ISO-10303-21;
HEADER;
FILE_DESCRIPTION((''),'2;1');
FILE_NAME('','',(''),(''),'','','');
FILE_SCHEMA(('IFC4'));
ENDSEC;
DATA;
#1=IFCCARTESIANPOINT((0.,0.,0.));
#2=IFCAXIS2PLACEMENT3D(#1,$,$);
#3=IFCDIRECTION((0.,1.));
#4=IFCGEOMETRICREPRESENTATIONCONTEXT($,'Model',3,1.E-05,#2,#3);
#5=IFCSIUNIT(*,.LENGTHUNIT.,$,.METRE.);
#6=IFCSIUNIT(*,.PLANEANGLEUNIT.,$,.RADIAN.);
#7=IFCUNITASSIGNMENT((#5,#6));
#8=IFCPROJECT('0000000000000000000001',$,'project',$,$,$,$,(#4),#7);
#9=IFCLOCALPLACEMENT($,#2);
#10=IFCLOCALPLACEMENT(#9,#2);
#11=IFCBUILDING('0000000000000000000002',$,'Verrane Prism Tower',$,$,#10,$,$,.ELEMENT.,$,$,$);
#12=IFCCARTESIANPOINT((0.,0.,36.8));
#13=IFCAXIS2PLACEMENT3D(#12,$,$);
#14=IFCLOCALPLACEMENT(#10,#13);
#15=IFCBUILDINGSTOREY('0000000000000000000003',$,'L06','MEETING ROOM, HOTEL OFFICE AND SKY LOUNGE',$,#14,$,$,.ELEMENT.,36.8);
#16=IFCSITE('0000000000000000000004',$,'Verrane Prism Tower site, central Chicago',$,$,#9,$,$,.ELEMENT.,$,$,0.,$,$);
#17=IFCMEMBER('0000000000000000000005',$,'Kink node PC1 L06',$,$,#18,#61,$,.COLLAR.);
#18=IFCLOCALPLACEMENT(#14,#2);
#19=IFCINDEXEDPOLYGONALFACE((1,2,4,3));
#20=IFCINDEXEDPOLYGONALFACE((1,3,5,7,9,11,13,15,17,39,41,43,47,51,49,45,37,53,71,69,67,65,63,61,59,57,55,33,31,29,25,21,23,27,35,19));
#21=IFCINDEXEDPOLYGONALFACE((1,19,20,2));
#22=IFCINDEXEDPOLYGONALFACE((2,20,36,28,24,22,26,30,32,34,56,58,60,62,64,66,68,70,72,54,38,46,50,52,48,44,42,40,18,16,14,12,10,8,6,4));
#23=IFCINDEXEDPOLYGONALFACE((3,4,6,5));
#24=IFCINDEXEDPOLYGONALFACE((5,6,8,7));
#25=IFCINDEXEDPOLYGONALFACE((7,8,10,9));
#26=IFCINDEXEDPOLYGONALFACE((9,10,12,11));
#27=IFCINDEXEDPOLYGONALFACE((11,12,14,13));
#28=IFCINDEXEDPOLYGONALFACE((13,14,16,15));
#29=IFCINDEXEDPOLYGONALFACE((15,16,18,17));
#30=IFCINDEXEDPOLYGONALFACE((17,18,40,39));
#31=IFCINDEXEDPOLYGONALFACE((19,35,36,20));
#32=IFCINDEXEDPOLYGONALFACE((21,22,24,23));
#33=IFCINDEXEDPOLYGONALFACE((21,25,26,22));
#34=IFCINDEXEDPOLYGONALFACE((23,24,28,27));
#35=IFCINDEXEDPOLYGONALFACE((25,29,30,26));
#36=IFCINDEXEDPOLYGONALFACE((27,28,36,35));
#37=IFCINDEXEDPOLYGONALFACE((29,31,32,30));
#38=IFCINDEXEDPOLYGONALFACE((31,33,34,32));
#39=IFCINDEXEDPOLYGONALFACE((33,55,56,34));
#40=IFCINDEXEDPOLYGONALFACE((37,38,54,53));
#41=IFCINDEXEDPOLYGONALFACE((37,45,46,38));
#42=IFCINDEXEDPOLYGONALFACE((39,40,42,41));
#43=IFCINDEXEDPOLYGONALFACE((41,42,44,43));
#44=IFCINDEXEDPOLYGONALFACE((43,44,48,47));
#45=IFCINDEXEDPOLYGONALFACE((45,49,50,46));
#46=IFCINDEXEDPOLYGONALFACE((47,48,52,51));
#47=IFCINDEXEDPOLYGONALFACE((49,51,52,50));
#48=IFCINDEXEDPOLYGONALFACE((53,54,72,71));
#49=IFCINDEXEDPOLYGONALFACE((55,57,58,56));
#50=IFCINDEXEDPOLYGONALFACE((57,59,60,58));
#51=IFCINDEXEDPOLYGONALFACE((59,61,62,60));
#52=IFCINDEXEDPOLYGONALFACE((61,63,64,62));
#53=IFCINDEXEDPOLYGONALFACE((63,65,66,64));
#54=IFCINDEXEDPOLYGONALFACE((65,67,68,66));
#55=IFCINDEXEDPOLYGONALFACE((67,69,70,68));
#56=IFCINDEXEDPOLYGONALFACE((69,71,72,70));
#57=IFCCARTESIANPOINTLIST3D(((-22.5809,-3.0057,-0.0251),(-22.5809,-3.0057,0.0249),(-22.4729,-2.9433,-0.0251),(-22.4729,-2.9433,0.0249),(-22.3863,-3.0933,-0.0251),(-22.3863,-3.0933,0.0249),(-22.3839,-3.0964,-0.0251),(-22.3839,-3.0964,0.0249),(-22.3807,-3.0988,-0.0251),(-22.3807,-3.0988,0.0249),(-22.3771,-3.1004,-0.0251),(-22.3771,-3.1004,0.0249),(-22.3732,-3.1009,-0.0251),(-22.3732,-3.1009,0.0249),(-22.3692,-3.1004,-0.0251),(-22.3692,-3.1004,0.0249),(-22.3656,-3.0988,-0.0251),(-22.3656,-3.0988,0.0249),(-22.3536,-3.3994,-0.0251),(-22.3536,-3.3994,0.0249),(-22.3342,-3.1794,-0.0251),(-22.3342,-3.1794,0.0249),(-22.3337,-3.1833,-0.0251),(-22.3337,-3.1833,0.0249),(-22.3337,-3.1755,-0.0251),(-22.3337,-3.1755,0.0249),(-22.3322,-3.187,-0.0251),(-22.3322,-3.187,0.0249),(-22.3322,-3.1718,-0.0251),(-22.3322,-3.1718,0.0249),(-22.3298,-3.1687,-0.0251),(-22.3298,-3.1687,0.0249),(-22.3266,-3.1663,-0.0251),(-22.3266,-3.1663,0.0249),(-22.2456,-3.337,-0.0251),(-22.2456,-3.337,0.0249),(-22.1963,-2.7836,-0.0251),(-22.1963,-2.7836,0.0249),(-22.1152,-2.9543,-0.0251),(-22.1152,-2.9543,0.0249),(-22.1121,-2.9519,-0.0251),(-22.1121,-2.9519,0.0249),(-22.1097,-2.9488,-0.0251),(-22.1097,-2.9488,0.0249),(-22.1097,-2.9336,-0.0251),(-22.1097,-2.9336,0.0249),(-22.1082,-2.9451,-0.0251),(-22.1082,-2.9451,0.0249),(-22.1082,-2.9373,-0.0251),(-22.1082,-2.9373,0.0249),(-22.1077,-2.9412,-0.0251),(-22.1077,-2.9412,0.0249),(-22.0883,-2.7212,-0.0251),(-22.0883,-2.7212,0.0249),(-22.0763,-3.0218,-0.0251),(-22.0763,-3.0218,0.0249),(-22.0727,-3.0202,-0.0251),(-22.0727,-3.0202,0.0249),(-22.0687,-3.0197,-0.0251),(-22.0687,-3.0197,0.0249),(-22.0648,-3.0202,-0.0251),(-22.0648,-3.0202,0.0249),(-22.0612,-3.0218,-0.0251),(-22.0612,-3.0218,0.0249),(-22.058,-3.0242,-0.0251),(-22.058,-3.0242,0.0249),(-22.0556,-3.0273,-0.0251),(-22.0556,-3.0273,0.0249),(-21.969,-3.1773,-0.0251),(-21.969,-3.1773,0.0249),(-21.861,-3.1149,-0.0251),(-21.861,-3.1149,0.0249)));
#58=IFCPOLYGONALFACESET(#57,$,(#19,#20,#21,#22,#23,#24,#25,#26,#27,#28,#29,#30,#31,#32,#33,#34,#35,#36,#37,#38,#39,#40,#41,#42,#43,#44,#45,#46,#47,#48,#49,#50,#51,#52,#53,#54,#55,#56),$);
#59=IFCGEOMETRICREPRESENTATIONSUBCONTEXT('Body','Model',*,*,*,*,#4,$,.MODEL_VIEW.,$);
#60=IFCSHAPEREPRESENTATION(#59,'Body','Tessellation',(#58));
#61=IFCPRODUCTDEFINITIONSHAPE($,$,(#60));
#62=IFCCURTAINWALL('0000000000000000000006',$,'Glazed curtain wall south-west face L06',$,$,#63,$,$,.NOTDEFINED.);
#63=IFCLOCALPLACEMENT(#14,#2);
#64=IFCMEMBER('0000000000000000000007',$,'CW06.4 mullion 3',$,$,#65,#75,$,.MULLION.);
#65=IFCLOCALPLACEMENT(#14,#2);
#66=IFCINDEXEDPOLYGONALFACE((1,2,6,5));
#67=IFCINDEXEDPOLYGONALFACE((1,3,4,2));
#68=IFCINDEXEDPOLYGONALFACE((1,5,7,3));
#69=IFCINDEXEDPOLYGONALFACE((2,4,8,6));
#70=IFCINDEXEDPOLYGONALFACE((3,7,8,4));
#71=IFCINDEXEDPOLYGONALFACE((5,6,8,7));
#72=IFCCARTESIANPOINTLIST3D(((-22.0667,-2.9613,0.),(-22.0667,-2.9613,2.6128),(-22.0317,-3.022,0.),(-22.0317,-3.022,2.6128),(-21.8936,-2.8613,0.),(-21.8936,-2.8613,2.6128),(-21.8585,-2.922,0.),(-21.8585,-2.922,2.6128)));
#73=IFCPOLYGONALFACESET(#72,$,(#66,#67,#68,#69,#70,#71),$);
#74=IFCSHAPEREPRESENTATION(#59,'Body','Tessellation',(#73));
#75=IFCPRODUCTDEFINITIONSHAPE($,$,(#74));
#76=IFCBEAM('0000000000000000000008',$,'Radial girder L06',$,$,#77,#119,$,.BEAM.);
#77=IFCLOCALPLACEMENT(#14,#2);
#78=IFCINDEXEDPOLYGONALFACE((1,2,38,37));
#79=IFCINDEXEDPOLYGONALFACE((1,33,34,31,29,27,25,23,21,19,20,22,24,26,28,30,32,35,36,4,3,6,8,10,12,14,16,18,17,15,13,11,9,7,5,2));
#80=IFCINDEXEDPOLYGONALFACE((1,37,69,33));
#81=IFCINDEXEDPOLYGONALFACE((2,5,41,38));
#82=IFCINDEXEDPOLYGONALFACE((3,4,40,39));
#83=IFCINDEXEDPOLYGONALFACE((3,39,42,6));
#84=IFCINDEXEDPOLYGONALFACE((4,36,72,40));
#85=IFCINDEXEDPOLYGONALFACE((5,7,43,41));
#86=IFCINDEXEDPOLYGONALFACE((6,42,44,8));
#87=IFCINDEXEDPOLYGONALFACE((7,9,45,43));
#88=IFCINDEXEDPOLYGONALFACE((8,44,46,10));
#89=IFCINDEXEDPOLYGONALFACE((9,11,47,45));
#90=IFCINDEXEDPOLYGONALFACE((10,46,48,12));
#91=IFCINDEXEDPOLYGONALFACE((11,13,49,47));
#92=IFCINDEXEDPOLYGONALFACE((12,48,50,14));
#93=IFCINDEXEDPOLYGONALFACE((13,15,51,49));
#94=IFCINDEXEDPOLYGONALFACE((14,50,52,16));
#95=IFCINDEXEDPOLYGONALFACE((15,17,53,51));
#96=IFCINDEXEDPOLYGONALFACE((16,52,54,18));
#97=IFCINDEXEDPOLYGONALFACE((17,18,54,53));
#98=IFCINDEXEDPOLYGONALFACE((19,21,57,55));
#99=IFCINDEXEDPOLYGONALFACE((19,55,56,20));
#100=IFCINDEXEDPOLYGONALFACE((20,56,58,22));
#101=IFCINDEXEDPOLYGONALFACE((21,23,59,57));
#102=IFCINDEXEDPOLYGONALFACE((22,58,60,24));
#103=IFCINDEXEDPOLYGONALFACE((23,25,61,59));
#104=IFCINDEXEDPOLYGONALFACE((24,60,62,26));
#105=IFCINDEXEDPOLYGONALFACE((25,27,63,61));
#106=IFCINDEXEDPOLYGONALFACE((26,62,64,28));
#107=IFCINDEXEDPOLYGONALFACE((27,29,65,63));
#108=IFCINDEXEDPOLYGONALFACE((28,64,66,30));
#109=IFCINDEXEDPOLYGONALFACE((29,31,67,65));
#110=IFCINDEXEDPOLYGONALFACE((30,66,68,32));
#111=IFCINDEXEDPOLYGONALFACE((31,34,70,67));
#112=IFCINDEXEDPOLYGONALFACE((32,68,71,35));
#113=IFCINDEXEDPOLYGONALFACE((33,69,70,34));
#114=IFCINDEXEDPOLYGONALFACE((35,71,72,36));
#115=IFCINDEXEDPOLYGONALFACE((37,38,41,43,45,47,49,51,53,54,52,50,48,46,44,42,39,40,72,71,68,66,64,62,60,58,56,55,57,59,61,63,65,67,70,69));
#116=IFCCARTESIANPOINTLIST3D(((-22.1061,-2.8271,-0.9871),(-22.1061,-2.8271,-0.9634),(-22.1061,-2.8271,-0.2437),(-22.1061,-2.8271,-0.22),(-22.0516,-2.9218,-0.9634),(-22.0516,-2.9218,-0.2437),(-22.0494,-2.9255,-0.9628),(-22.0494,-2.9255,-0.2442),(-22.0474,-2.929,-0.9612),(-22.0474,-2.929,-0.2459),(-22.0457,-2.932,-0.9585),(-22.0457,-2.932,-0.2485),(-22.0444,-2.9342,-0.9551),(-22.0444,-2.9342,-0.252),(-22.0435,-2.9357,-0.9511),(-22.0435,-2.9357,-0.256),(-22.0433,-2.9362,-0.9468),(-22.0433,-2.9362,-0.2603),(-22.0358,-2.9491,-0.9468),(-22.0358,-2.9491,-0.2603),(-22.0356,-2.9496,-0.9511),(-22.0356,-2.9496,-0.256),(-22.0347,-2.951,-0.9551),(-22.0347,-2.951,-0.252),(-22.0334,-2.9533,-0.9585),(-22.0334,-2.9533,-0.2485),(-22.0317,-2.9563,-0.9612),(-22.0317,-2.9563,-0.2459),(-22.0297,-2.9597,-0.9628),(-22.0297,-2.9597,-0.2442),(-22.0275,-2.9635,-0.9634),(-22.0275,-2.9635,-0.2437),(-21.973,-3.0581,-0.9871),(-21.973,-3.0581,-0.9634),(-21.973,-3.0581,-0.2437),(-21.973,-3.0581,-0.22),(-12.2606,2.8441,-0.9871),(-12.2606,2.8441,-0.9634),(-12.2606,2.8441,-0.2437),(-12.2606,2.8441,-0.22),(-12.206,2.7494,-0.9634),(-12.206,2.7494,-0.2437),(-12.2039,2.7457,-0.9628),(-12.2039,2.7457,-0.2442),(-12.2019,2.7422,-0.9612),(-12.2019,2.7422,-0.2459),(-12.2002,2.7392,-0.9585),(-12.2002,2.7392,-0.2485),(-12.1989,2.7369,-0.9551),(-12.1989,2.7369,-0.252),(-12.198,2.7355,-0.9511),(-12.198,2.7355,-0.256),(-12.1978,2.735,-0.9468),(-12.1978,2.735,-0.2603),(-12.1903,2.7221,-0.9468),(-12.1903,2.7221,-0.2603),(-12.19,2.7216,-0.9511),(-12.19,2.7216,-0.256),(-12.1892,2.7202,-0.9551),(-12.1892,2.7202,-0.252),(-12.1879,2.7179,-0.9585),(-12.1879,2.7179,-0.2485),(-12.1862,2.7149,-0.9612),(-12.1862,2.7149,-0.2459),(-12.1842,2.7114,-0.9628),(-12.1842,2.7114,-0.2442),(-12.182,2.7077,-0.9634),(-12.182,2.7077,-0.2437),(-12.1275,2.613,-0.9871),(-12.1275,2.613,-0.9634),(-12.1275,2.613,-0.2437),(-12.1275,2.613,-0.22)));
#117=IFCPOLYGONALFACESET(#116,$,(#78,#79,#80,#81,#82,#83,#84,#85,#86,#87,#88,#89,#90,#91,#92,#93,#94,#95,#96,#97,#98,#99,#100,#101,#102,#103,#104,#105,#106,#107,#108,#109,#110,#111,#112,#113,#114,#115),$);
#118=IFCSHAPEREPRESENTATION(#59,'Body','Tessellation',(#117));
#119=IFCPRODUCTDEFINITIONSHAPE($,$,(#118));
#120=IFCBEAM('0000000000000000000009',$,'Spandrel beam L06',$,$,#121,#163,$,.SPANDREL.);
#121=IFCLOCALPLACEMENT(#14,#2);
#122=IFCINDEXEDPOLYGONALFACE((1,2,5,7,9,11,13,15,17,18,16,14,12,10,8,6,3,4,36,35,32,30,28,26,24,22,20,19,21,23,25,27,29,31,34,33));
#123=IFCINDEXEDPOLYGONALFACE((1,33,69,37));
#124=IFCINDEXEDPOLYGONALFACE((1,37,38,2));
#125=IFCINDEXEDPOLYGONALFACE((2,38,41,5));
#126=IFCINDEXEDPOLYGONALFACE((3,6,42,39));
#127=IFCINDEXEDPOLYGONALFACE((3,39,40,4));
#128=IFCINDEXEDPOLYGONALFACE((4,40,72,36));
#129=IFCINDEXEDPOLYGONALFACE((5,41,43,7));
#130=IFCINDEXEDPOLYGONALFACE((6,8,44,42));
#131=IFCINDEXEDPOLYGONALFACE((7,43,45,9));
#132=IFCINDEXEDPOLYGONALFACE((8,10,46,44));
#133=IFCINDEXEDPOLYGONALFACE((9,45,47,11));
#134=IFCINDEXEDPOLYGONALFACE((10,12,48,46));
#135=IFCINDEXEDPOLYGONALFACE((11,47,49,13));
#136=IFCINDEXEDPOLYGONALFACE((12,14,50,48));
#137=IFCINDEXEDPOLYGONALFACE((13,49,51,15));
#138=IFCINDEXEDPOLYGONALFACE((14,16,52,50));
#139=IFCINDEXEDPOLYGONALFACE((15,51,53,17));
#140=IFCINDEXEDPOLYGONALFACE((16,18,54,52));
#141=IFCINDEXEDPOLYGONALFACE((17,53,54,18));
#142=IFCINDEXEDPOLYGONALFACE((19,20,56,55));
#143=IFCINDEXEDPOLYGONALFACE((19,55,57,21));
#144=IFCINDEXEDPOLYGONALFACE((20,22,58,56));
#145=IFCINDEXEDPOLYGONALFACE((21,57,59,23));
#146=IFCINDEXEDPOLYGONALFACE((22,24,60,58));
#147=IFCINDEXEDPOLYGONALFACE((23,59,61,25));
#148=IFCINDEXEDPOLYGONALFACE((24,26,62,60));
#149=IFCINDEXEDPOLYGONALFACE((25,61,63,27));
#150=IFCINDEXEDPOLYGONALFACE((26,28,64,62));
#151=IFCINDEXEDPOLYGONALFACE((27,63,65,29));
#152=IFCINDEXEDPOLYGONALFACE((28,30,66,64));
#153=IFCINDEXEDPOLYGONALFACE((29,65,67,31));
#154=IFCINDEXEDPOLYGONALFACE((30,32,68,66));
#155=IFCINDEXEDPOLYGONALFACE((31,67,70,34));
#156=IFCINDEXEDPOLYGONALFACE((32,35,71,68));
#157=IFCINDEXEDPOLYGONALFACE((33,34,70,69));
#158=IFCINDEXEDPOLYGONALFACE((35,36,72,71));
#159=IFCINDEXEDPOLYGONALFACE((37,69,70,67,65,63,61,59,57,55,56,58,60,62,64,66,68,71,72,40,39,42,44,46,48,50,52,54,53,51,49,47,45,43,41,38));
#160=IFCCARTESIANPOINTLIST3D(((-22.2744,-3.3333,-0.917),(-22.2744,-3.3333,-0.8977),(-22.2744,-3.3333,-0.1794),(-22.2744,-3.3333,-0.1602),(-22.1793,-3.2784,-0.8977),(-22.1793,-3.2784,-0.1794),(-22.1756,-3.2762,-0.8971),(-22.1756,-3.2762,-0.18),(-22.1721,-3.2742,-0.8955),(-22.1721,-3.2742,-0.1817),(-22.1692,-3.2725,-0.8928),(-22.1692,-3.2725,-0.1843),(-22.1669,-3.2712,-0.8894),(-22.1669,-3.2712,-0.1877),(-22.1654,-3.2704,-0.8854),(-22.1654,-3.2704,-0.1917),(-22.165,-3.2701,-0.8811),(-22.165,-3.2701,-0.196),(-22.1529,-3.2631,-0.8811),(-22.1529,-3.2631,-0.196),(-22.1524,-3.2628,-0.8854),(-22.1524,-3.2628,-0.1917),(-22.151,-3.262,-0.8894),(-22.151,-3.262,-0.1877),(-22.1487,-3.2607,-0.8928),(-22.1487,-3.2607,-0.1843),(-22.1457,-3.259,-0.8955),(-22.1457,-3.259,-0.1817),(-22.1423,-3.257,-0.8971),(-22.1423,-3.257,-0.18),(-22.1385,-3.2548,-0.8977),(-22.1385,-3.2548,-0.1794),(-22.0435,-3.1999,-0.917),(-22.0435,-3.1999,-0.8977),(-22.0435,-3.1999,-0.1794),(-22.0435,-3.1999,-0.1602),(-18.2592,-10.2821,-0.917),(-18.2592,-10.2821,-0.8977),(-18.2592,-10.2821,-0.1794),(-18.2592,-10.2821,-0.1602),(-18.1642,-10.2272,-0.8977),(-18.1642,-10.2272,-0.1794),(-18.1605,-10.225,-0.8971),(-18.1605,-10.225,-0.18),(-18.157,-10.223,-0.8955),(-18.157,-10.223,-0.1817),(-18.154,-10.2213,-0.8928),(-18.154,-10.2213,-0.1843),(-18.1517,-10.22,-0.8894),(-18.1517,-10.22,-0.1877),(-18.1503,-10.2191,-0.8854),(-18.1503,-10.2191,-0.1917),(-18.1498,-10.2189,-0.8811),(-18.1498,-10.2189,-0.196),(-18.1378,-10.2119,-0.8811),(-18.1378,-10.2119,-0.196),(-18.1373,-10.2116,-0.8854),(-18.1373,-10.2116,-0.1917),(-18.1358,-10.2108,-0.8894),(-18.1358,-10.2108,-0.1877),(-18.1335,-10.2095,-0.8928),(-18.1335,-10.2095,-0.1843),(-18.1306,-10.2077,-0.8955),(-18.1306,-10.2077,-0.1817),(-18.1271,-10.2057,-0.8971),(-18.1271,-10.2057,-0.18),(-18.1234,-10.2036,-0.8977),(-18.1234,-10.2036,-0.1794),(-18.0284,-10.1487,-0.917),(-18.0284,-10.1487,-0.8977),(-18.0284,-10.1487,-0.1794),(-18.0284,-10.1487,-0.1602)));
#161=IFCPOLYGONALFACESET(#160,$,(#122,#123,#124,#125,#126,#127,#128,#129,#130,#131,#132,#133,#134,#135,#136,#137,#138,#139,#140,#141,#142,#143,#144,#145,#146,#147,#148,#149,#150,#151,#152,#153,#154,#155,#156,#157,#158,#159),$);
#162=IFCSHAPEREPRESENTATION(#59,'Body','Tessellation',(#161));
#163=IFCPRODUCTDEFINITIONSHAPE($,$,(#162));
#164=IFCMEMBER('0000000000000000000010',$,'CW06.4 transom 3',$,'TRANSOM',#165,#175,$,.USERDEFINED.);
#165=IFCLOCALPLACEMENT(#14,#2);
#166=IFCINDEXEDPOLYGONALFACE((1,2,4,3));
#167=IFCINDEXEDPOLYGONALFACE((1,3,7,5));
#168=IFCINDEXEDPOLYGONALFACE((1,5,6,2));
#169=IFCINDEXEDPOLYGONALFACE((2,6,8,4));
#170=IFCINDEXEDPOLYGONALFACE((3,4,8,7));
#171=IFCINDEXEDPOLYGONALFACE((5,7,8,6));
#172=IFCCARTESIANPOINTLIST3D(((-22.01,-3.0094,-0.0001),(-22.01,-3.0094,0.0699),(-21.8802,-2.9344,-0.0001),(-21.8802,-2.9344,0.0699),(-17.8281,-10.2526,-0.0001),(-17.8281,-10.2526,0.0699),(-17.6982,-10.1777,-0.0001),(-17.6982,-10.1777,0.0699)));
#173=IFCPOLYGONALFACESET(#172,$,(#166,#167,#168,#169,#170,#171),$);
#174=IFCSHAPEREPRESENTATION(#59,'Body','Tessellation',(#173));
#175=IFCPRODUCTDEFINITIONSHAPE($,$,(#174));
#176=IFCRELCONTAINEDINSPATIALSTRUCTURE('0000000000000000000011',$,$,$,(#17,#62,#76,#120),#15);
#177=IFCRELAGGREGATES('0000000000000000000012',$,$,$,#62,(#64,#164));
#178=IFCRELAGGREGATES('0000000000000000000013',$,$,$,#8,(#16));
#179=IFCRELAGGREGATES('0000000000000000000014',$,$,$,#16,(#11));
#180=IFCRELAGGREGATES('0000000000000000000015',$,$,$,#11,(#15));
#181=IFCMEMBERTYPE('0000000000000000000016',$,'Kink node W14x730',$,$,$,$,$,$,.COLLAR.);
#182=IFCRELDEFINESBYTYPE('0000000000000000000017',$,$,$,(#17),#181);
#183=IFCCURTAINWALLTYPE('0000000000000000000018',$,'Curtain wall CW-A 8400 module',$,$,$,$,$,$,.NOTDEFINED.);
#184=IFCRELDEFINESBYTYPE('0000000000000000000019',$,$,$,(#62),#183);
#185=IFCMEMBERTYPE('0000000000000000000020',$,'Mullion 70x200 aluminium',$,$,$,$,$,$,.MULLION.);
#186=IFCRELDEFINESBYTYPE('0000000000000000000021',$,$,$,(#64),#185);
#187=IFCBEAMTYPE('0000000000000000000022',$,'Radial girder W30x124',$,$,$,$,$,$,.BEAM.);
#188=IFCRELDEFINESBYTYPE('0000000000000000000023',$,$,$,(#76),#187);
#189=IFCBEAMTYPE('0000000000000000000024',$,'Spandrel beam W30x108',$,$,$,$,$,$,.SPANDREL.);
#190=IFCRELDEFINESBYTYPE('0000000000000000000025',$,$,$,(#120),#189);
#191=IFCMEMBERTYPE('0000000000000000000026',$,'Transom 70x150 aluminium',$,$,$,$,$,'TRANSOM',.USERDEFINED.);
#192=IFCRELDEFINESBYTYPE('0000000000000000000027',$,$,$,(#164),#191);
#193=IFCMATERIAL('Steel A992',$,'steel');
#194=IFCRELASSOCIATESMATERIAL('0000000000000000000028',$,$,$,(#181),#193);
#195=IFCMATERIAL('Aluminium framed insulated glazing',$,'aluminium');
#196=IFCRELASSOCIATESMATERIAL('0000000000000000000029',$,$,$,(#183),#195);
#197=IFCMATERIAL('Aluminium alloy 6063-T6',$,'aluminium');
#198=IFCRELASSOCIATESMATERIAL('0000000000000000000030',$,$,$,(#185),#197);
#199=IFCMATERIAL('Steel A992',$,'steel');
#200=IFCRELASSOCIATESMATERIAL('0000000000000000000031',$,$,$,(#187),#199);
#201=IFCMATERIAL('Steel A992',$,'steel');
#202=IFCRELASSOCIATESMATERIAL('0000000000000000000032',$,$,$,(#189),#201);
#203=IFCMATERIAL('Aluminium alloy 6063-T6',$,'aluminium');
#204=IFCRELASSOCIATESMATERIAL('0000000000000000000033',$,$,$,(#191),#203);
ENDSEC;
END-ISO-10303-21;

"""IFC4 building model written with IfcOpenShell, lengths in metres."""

from ifc_helpers import new_model, si_unit, direction, frame, origin, origin_2d, place, context, subcontext, project, spatial, rectangle, i_section, extrude, material, material_profile, profile_set, type_object, element, aggregate, save


model = new_model("IFC4")

# Units and contexts
model_context = context("Model", 3, precision=1e-05, world=origin(), true_north=direction((0.0, 1.0)))
body_context = subcontext(model_context, "Body", "Model", "MODEL_VIEW")
ifc_project = project(units=[si_unit("LENGTHUNIT", "METRE"), si_unit("PLANEANGLEUNIT", "RADIAN")], contexts=[model_context])

# Site, building, storey
site_placement = place(None, origin())
site = spatial("IfcSite", under=ifc_project, at=site_placement, Name="Verrane Prism Tower site, central Chicago", CompositionType="ELEMENT", RefElevation=0.0)
building_placement = place(site_placement, origin())
building = spatial("IfcBuilding", under=site, at=building_placement, Name="Verrane Prism Tower", CompositionType="ELEMENT")
storey_placement = place(building_placement, frame((0.0, 0.0, 36.8)))
storey = spatial("IfcBuildingStorey", under=building, at=storey_placement, Name="L06", Description="MEETING ROOM, HOTEL OFFICE AND SKY LOUNGE", CompositionType="ELEMENT", Elevation=36.8)

# Member
ifc_material_1 = material(Name="Steel A992", Category="steel")
ifc_material_profile_1 = material_profile(ifc_material_1, i_section(OverallWidth=0.4546, OverallDepth=0.5688, WebThickness=0.0779, FlangeThickness=0.1248, FilletRadius=0.0151, at=origin_2d()), Name="W14x730")
ifc_profile_set_1 = profile_set([ifc_material_profile_1], Name="Steel A992")
member_type_1 = type_object("IfcMemberType", Name="Kink node W14x730", PredefinedType="COLLAR", material=ifc_profile_set_1)
member_1_placement = place(storey_placement, frame((-22.2209, -3.0603, -0.0251), z_axis=(0.0, 0.0, 1.0), x_axis=(-0.5, 0.866025, 0.0)))
element("IfcMember", 1, at=member_1_placement, inside=storey, type_object=member_type_1, Name="Kink node PC1 L06", PredefinedType="COLLAR", context=body_context, shape_type="SweptSolid", body=[
    extrude(i_section(OverallWidth=0.4546, OverallDepth=0.5688, WebThickness=0.0779, FlangeThickness=0.1248, FilletRadius=0.0151, at=origin_2d()), origin(), (0.0, 0.0, 1.0), 0.05),
])

# Curtain wall, member
ifc_material_2 = material(Name="Aluminium framed insulated glazing", Category="aluminium")
curtain_wall_type = type_object("IfcCurtainWallType", Name="Curtain wall CW-A 8400 module", PredefinedType="NOTDEFINED", material=ifc_material_2)
curtain_wall_placement = place(storey_placement, origin())
curtain_wall = element("IfcCurtainWall", 2, at=curtain_wall_placement, inside=storey, type_object=curtain_wall_type, Name="Glazed curtain wall south-west face L06", PredefinedType="NOTDEFINED")
ifc_material_3 = material(Name="Aluminium alloy 6063-T6", Category="aluminium")
ifc_material_profile_2 = material_profile(ifc_material_3, rectangle(XDim=0.2, YDim=0.0701, at=origin_2d()), Name="Mullion 70x200 aluminium")
ifc_profile_set_2 = profile_set([ifc_material_profile_2], Name="Aluminium alloy 6063-T6")
member_type_2 = type_object("IfcMemberType", Name="Mullion 70x200 aluminium", PredefinedType="MULLION", material=ifc_profile_set_2)
member_2_placement = place(storey_placement, frame((-21.9626, -2.9417, 0.0), z_axis=(0.0, 0.0, 1.0), x_axis=(0.866025, 0.5, 0.0)))
member_2 = element("IfcMember", 3, at=member_2_placement, type_object=member_type_2, Name="CW06.4 mullion 3", PredefinedType="MULLION", context=body_context, shape_type="SweptSolid", body=[
    extrude(rectangle(XDim=0.2, YDim=0.0701, at=origin_2d()), origin(), (0.0, 0.0, 1.0), 2.6128),
])

# Beams
ifc_material_4 = material(Name="Steel A992", Category="steel")
ifc_material_profile_3 = material_profile(ifc_material_4, i_section(OverallWidth=0.2666, OverallDepth=0.7671, WebThickness=0.0149, FlangeThickness=0.0237, FilletRadius=0.0166, at=origin_2d()), Name="W30x124")
ifc_profile_set_3 = profile_set([ifc_material_profile_3], Name="Steel A992")
beam_type_1 = type_object("IfcBeamType", Name="Radial girder W30x124", PredefinedType="BEAM", material=ifc_profile_set_3)
beam_1_placement = place(storey_placement, frame((-22.0396, -2.9426, -0.6035), z_axis=(0.866526, 0.499133, 0.0), x_axis=(-0.499133, 0.866526, 0.0)))
element("IfcBeam", 4, at=beam_1_placement, inside=storey, type_object=beam_type_1, Name="Radial girder L06", PredefinedType="BEAM", context=body_context, shape_type="SweptSolid", body=[
    extrude(i_section(OverallWidth=0.2666, OverallDepth=0.7671, WebThickness=0.0149, FlangeThickness=0.0237, FilletRadius=0.0166, at=origin_2d()), origin(), (0.0, 0.0, 1.0), 11.3621),
])
ifc_material_5 = material(Name="Steel A992", Category="steel")
ifc_material_profile_4 = material_profile(ifc_material_5, i_section(OverallWidth=0.2666, OverallDepth=0.7568, WebThickness=0.0139, FlangeThickness=0.0193, FilletRadius=0.0166, at=origin_2d()), Name="W30x108")
ifc_profile_set_4 = profile_set([ifc_material_profile_4], Name="Steel A992")
beam_type_2 = type_object("IfcBeamType", Name="Spandrel beam W30x108", PredefinedType="SPANDREL", material=ifc_profile_set_4)
beam_2_placement = place(storey_placement, frame((-22.1589, -3.2666, -0.5386), z_axis=(0.500307, -0.865848, 0.0), x_axis=(0.865848, 0.500307, 0.0)))
element("IfcBeam", 5, at=beam_2_placement, inside=storey, type_object=beam_type_2, Name="Spandrel beam L06", PredefinedType="SPANDREL", context=body_context, shape_type="SweptSolid", body=[
    extrude(i_section(OverallWidth=0.2666, OverallDepth=0.7568, WebThickness=0.0139, FlangeThickness=0.0193, FilletRadius=0.0166, at=origin_2d()), origin(), (0.0, 0.0, 1.0), 8.0254),
])

# Member
ifc_material_6 = material(Name="Aluminium alloy 6063-T6", Category="aluminium")
ifc_material_profile_5 = material_profile(ifc_material_6, rectangle(XDim=0.1499, YDim=0.0701, at=origin_2d()), Name="Transom 70x150 aluminium")
ifc_profile_set_5 = profile_set([ifc_material_profile_5], Name="Aluminium alloy 6063-T6")
member_type_3 = type_object("IfcMemberType", Name="Transom 70x150 aluminium", ElementType="TRANSOM", PredefinedType="USERDEFINED", material=ifc_profile_set_5)
member_3_placement = place(storey_placement, frame((-21.9451, -2.9719, 0.0349), z_axis=(0.500004, -0.866023, 0.0), x_axis=(0.866023, 0.500004, 0.0)))
member_3 = element("IfcMember", 6, at=member_3_placement, type_object=member_type_3, Name="CW06.4 transom 3", ObjectType="TRANSOM", PredefinedType="USERDEFINED", context=body_context, shape_type="SweptSolid", body=[
    extrude(rectangle(XDim=0.1499, YDim=0.0701, at=origin_2d()), origin(), (0.0, 0.0, 1.0), 8.3638),
])

aggregate(curtain_wall, [member_2, member_3])

save(model, "model.ifc")
